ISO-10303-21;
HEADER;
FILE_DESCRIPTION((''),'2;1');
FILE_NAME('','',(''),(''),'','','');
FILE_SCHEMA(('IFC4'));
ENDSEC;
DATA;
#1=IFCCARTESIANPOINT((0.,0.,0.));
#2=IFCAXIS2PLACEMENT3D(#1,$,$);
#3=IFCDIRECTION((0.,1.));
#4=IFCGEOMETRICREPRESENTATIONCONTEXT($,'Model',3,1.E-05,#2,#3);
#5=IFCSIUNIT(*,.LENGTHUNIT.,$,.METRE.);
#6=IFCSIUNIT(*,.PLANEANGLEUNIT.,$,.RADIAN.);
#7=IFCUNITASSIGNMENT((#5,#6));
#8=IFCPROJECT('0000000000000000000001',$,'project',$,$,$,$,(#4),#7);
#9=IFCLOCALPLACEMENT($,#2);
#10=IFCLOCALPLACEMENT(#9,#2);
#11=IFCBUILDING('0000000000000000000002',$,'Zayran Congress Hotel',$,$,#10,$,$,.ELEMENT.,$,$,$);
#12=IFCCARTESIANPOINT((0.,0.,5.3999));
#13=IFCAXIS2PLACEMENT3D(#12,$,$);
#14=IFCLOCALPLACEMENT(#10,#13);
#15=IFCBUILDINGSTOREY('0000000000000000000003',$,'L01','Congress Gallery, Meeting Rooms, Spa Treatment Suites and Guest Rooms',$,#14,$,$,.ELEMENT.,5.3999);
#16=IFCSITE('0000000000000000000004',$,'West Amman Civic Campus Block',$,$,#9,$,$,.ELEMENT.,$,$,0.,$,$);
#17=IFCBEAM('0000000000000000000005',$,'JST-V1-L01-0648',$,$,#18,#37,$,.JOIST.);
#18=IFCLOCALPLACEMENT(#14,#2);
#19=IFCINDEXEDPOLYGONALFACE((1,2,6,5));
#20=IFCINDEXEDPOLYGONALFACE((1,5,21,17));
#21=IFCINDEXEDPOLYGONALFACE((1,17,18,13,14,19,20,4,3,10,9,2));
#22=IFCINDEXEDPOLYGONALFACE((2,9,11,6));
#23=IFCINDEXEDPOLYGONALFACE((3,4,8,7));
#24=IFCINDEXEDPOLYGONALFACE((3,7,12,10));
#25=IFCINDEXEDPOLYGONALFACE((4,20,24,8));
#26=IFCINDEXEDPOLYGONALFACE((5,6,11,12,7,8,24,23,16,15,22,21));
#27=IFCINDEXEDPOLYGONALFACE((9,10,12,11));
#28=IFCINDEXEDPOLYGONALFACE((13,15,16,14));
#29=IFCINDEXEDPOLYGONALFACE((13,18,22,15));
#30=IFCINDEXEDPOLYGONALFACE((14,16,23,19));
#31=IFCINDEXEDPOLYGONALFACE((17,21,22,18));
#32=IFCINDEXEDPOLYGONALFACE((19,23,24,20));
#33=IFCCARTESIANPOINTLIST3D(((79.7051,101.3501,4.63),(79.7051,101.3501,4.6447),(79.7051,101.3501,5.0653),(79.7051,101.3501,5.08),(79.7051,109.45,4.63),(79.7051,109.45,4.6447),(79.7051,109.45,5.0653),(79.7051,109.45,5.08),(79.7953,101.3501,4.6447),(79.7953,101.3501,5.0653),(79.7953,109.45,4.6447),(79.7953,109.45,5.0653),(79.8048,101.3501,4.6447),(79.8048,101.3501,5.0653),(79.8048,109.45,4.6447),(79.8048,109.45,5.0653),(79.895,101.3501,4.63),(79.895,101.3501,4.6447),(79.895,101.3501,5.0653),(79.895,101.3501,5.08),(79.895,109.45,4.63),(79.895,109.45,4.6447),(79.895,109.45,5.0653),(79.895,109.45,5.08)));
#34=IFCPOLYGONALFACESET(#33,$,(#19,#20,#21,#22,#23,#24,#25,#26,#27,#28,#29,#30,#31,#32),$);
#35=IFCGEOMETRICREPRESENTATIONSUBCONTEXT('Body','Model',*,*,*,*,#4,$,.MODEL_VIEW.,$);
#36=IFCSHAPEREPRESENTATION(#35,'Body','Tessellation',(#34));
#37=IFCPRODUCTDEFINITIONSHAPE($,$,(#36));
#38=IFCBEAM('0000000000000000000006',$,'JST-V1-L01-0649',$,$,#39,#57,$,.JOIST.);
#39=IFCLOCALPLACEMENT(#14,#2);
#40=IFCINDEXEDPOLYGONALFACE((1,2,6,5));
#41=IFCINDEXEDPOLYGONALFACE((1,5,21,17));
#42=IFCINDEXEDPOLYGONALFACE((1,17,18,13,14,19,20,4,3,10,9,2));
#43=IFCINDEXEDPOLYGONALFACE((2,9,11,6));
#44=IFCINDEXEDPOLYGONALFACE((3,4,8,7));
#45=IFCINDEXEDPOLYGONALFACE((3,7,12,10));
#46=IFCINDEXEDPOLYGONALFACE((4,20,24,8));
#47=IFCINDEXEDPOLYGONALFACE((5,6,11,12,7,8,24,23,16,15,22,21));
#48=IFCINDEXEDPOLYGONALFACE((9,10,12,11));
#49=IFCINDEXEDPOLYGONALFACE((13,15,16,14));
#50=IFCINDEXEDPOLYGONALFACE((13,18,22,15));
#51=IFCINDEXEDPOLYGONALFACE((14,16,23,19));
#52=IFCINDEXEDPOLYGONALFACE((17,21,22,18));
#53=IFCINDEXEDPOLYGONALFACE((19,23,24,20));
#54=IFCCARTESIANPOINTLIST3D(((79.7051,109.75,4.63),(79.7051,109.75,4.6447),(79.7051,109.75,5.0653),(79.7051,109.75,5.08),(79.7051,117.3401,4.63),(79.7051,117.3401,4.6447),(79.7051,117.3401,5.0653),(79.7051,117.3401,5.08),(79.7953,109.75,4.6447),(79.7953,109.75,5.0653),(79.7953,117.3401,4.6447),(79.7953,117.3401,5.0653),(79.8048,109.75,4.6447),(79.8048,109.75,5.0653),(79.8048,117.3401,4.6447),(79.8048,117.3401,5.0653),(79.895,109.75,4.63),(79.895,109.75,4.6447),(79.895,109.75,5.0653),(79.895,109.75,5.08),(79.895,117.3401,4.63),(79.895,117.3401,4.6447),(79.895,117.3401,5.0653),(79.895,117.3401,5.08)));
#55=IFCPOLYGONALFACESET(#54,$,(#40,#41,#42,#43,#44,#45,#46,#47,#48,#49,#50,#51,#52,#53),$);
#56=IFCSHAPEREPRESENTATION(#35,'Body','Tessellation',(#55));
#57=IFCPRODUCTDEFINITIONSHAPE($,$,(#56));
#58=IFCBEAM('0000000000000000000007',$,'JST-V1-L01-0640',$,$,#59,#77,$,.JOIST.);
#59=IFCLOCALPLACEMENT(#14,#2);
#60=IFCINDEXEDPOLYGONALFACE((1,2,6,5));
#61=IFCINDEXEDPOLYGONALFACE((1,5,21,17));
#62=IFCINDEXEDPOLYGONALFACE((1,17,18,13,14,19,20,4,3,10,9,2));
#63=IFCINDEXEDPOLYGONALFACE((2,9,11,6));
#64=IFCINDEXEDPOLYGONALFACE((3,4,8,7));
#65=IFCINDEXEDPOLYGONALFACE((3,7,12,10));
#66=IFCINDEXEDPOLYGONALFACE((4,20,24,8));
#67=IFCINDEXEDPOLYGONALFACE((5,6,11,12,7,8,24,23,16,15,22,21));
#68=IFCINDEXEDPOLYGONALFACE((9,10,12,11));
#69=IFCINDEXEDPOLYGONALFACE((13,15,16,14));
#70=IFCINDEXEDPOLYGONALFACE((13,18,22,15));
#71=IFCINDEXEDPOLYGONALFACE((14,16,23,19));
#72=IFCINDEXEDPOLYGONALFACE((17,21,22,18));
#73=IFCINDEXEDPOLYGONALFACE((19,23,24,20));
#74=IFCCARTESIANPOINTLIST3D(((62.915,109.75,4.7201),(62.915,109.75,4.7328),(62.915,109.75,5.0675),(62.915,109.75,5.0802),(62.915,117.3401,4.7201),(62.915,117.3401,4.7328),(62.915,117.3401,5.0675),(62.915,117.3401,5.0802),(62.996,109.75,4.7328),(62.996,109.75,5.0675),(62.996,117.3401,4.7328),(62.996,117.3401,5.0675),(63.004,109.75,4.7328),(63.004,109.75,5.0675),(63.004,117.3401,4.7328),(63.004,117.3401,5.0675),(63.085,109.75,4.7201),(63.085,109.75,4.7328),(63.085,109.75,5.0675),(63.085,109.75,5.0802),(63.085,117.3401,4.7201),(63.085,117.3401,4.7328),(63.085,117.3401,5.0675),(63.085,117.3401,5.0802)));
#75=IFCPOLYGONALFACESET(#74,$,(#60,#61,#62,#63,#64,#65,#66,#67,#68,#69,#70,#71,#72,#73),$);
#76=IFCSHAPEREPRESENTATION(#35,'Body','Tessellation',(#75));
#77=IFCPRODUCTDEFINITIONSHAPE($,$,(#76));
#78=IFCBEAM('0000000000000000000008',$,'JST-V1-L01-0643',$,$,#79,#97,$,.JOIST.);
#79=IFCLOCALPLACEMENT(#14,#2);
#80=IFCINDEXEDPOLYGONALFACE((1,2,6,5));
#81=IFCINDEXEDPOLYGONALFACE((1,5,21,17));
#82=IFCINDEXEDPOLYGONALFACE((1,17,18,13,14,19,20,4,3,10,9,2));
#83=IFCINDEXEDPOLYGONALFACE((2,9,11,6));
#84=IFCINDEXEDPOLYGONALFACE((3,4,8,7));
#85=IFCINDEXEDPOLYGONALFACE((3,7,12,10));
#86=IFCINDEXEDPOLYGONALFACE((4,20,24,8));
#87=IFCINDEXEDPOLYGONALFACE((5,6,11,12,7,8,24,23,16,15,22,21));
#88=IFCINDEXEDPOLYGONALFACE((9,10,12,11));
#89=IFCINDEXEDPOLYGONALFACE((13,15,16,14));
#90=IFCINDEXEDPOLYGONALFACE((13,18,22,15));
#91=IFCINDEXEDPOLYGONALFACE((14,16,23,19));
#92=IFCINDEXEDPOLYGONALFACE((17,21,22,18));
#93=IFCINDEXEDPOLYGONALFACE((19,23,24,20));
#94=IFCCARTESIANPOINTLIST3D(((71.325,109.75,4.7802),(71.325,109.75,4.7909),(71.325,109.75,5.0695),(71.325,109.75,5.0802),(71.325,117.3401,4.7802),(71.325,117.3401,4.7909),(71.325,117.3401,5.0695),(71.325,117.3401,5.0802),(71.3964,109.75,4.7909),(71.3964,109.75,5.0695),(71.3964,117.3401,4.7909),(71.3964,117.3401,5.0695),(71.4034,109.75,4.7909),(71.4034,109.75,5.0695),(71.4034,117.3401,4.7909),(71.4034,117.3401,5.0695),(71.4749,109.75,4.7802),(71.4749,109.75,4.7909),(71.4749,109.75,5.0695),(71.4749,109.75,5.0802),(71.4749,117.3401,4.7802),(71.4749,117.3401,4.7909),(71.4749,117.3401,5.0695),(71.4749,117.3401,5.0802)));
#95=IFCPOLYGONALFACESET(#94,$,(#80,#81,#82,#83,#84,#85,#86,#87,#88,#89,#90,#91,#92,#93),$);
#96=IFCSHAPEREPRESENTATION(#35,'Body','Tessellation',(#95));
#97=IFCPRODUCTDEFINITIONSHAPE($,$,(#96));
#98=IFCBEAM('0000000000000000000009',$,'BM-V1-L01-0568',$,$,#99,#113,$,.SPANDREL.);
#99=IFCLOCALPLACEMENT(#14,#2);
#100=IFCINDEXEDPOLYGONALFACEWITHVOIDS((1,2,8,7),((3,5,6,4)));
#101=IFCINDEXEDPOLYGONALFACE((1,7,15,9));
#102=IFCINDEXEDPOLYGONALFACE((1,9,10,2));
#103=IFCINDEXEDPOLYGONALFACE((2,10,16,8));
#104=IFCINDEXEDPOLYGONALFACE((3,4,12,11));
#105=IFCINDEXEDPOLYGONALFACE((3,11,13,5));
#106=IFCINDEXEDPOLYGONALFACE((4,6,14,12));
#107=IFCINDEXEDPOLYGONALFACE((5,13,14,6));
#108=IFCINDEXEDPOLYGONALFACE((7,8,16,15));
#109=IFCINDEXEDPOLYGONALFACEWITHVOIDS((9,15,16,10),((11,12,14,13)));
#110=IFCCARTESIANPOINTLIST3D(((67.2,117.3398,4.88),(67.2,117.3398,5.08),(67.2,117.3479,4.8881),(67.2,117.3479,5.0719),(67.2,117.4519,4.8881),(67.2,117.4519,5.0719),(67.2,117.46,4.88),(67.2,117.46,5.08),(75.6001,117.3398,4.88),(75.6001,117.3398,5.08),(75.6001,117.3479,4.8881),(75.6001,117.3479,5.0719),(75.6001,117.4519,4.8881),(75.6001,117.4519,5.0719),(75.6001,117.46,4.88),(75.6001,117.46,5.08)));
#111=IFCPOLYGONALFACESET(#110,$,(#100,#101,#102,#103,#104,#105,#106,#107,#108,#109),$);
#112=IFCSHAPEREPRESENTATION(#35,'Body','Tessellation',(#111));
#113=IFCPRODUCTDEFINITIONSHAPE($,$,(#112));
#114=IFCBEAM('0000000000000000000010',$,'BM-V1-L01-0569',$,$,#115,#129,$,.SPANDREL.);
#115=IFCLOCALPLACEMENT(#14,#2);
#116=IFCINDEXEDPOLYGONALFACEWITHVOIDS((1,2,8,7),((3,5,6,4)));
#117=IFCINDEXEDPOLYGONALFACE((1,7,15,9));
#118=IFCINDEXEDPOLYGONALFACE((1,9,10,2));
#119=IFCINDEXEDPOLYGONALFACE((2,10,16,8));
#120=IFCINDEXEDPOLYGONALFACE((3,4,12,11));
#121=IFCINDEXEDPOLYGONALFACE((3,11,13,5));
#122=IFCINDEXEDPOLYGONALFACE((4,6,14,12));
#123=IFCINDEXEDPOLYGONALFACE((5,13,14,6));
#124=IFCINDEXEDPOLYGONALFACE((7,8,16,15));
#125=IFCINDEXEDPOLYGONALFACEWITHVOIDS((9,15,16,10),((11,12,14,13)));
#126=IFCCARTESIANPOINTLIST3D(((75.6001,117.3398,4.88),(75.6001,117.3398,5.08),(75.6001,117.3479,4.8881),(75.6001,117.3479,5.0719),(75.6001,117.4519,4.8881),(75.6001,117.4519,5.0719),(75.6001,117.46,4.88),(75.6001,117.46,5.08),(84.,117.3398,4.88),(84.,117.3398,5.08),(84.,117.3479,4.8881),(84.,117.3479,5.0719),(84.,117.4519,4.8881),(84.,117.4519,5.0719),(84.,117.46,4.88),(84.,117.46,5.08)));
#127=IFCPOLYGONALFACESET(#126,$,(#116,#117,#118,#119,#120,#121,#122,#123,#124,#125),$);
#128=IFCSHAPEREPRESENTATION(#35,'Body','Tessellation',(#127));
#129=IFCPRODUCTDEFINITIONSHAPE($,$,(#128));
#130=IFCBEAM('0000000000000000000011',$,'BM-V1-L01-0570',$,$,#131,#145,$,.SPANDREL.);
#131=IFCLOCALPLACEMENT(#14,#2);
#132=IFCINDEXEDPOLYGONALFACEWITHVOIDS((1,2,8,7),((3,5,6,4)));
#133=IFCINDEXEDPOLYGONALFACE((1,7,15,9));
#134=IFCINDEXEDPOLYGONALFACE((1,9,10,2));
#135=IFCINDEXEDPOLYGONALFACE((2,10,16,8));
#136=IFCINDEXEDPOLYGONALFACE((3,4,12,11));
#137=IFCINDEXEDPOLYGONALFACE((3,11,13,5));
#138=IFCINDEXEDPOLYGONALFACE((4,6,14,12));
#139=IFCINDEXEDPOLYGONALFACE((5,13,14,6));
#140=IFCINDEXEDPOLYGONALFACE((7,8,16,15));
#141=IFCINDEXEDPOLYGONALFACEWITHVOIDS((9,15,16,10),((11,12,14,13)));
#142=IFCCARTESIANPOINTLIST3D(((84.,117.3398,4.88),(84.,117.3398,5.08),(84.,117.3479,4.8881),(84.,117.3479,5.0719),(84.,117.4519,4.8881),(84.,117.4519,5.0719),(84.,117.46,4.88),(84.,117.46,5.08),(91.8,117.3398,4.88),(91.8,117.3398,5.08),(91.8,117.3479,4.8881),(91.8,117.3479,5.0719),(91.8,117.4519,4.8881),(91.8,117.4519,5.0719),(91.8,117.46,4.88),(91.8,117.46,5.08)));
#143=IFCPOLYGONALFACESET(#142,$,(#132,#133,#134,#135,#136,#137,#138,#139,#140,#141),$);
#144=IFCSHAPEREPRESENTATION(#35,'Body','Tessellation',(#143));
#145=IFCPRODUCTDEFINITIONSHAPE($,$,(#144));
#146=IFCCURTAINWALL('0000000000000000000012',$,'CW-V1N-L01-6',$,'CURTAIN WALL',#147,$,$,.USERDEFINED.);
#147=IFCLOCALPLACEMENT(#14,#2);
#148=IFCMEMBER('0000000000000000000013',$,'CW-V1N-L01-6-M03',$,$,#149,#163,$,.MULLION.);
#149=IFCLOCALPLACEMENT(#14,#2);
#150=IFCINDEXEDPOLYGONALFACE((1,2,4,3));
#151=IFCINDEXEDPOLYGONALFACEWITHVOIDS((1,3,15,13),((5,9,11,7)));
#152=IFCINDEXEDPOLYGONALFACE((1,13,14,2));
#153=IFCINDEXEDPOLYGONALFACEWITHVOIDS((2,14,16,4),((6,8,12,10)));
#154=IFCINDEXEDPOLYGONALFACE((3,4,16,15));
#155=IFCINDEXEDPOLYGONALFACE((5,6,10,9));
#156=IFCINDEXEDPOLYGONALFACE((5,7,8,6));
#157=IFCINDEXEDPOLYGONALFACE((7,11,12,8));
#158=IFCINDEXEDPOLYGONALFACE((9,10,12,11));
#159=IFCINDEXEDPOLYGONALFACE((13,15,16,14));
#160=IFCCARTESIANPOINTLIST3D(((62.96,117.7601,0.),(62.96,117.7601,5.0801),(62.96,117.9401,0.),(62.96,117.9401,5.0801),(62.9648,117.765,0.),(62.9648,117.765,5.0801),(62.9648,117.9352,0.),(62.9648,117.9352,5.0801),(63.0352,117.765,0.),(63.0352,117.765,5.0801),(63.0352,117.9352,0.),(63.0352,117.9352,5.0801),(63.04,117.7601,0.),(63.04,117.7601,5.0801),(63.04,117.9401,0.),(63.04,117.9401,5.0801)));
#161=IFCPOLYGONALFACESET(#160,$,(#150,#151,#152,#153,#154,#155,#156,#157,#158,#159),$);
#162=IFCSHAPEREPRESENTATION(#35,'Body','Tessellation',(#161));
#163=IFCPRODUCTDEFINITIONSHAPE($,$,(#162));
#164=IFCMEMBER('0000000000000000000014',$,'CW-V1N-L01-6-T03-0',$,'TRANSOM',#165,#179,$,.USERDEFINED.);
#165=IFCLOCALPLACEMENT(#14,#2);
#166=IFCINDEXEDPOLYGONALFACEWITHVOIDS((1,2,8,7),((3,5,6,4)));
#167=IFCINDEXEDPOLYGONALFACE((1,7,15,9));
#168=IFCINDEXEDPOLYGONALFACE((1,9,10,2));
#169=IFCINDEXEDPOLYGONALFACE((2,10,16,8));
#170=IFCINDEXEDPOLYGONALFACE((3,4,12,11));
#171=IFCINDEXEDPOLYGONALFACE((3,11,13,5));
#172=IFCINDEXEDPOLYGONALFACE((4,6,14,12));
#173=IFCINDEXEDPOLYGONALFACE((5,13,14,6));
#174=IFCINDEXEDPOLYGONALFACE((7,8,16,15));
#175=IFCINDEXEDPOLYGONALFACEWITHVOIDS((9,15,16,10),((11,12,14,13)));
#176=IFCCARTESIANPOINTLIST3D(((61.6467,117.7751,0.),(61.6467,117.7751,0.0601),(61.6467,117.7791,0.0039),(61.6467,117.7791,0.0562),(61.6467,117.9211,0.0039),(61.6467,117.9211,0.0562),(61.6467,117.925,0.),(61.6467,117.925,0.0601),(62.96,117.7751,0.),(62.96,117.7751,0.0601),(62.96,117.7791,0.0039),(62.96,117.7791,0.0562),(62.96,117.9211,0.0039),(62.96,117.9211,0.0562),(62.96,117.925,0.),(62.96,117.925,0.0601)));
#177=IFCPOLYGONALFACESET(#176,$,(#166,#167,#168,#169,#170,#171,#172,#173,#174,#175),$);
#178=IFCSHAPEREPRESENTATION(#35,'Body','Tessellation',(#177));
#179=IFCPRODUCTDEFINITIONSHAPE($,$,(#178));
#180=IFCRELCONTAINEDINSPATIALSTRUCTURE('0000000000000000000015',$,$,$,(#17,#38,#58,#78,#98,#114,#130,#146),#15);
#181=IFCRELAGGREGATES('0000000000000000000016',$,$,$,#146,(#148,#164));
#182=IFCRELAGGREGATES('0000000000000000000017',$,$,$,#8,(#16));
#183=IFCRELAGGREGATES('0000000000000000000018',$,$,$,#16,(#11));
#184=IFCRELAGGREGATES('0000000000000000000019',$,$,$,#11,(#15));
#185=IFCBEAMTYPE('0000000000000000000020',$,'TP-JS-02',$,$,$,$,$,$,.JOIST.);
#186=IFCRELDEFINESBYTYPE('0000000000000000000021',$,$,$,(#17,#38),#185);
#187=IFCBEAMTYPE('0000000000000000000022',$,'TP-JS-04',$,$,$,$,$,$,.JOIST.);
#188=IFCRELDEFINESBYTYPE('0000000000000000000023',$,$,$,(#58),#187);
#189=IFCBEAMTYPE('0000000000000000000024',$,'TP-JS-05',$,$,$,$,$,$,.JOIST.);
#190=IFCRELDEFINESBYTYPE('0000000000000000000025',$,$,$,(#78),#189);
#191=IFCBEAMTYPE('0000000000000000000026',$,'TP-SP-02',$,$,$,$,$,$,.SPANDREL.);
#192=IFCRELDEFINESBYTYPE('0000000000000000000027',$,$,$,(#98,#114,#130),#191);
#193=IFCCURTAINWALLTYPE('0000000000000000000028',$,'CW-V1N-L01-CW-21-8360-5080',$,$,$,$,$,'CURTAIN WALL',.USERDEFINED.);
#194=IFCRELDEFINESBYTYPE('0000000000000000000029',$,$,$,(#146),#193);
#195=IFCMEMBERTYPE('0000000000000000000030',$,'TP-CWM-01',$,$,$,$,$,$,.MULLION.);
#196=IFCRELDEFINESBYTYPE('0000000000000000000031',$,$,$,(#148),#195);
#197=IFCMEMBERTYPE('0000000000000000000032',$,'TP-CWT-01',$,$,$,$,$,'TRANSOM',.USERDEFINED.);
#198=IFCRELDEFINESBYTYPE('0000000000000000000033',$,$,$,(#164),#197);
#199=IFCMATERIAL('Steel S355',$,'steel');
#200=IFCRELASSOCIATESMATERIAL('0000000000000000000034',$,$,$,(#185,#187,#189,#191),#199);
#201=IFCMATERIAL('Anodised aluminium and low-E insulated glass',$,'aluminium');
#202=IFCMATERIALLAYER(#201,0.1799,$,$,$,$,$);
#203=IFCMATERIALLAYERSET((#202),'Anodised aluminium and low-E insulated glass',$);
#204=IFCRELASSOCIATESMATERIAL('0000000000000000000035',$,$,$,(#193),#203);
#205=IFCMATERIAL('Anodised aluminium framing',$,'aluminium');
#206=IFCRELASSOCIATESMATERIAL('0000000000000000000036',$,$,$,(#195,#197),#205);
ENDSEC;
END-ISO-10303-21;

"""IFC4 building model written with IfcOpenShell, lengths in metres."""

from ifc_helpers import new_model, si_unit, direction, frame, origin, origin_2d, place, context, subcontext, project, spatial, hollow_rectangle, i_section, extrude, material, layer, layer_set, material_profile, profile_set, type_object, element, aggregate, save


model = new_model("IFC4")

# Units and contexts
model_context = context("Model", 3, precision=1e-05, world=origin(), true_north=direction((0.0, 1.0)))
body_context = subcontext(model_context, "Body", "Model", "MODEL_VIEW")
ifc_project = project(units=[si_unit("LENGTHUNIT", "METRE"), si_unit("PLANEANGLEUNIT", "RADIAN")], contexts=[model_context])

# Site, building, storey
site_placement = place(None, origin())
site = spatial("IfcSite", under=ifc_project, at=site_placement, Name="West Amman Civic Campus Block", CompositionType="ELEMENT", RefElevation=0.0)
building_placement = place(site_placement, origin())
building = spatial("IfcBuilding", under=site, at=building_placement, Name="Zayran Congress Hotel", CompositionType="ELEMENT")
storey_placement = place(building_placement, frame((0.0, 0.0, 5.3999)))
storey = spatial("IfcBuildingStorey", under=building, at=storey_placement, Name="L01", Description="Congress Gallery, Meeting Rooms, Spa Treatment Suites and Guest Rooms", CompositionType="ELEMENT", Elevation=5.3999)

# Beams
ifc_material_1 = material(Name="Steel S355", Category="steel")
ifc_material_profile_1 = material_profile(ifc_material_1, i_section(OverallWidth=0.1899, OverallDepth=0.45, WebThickness=0.0095, FlangeThickness=0.0146, at=origin_2d()), Name="IPE 450")
ifc_profile_set_1 = profile_set([ifc_material_profile_1], Name="Steel S355")
beam_type_1 = type_object("IfcBeamType", Name="TP-JS-02", PredefinedType="JOIST", material=ifc_profile_set_1)
beam_1_placement = place(storey_placement, frame((79.8, 101.3501, 4.855), z_axis=(0.0, 1.0, 0.0), x_axis=(-1.0, 0.0, 0.0)))
element("IfcBeam", 1, at=beam_1_placement, inside=storey, type_object=beam_type_1, Name="JST-V1-L01-0648", PredefinedType="JOIST", context=body_context, shape_type="SweptSolid", body=[
    extrude(i_section(OverallWidth=0.1899, OverallDepth=0.45, WebThickness=0.0095, FlangeThickness=0.0146, at=origin_2d()), origin(), (0.0, 0.0, 1.0), 8.0999),
])
beam_2_placement = place(storey_placement, frame((79.8, 109.75, 4.855), z_axis=(0.0, 1.0, 0.0), x_axis=(-1.0, 0.0, 0.0)))
element("IfcBeam", 2, at=beam_2_placement, inside=storey, type_object=beam_type_1, Name="JST-V1-L01-0649", PredefinedType="JOIST", context=body_context, shape_type="SweptSolid", body=[
    extrude(i_section(OverallWidth=0.1899, OverallDepth=0.45, WebThickness=0.0095, FlangeThickness=0.0146, at=origin_2d()), origin(), (0.0, 0.0, 1.0), 7.5901),
])
ifc_material_profile_2 = material_profile(ifc_material_1, i_section(OverallWidth=0.1699, OverallDepth=0.3601, WebThickness=0.0081, FlangeThickness=0.0127, at=origin_2d()), Name="IPE 360")
ifc_profile_set_2 = profile_set([ifc_material_profile_2], Name="Steel S355")
beam_type_2 = type_object("IfcBeamType", Name="TP-JS-04", PredefinedType="JOIST", material=ifc_profile_set_2)
beam_3_placement = place(storey_placement, frame((63.0, 109.75, 4.9001), z_axis=(0.0, 1.0, 0.0), x_axis=(-1.0, 0.0, 0.0)))
element("IfcBeam", 3, at=beam_3_placement, inside=storey, type_object=beam_type_2, Name="JST-V1-L01-0640", PredefinedType="JOIST", context=body_context, shape_type="SweptSolid", body=[
    extrude(i_section(OverallWidth=0.1699, OverallDepth=0.3601, WebThickness=0.0081, FlangeThickness=0.0127, at=origin_2d()), origin(), (0.0, 0.0, 1.0), 7.5901),
])
ifc_material_profile_3 = material_profile(ifc_material_1, i_section(OverallWidth=0.1499, OverallDepth=0.3, WebThickness=0.0071, FlangeThickness=0.0107, at=origin_2d()), Name="IPE 300")
ifc_profile_set_3 = profile_set([ifc_material_profile_3], Name="Steel S355")
beam_type_3 = type_object("IfcBeamType", Name="TP-JS-05", PredefinedType="JOIST", material=ifc_profile_set_3)
beam_4_placement = place(storey_placement, frame((71.3999, 109.75, 4.9302), z_axis=(0.0, 1.0, 0.0), x_axis=(-1.0, 0.0, 0.0)))
element("IfcBeam", 4, at=beam_4_placement, inside=storey, type_object=beam_type_3, Name="JST-V1-L01-0643", PredefinedType="JOIST", context=body_context, shape_type="SweptSolid", body=[
    extrude(i_section(OverallWidth=0.1499, OverallDepth=0.3, WebThickness=0.0071, FlangeThickness=0.0107, at=origin_2d()), origin(), (0.0, 0.0, 1.0), 7.5901),
])
ifc_material_profile_4 = material_profile(ifc_material_1, hollow_rectangle(XDim=0.1201, YDim=0.2, WallThickness=0.0081, at=origin_2d()), Name="RHS 200x120x8")
ifc_profile_set_4 = profile_set([ifc_material_profile_4], Name="Steel S355")
beam_type_4 = type_object("IfcBeamType", Name="TP-SP-02", PredefinedType="SPANDREL", material=ifc_profile_set_4)
beam_5_placement = place(storey_placement, frame((67.2, 117.3999, 4.98), z_axis=(1.0, 0.0, 0.0), x_axis=(0.0, 1.0, 0.0)))
element("IfcBeam", 5, at=beam_5_placement, inside=storey, type_object=beam_type_4, Name="BM-V1-L01-0568", PredefinedType="SPANDREL", context=body_context, shape_type="SweptSolid", body=[
    extrude(hollow_rectangle(XDim=0.1201, YDim=0.2, WallThickness=0.0081, at=origin_2d()), origin(), (0.0, 0.0, 1.0), 8.4001),
])
beam_6_placement = place(storey_placement, frame((75.6001, 117.3999, 4.98), z_axis=(1.0, 0.0, 0.0), x_axis=(0.0, 1.0, 0.0)))
element("IfcBeam", 6, at=beam_6_placement, inside=storey, type_object=beam_type_4, Name="BM-V1-L01-0569", PredefinedType="SPANDREL", context=body_context, shape_type="SweptSolid", body=[
    extrude(hollow_rectangle(XDim=0.1201, YDim=0.2, WallThickness=0.0081, at=origin_2d()), origin(), (0.0, 0.0, 1.0), 8.3999),
])
beam_7_placement = place(storey_placement, frame((84.0, 117.3999, 4.98), z_axis=(1.0, 0.0, 0.0), x_axis=(0.0, 1.0, 0.0)))
element("IfcBeam", 7, at=beam_7_placement, inside=storey, type_object=beam_type_4, Name="BM-V1-L01-0570", PredefinedType="SPANDREL", context=body_context, shape_type="SweptSolid", body=[
    extrude(hollow_rectangle(XDim=0.1201, YDim=0.2, WallThickness=0.0081, at=origin_2d()), origin(), (0.0, 0.0, 1.0), 7.8),
])

# Curtain wall, members
ifc_material_2 = material(Name="Anodised aluminium and low-E insulated glass", Category="aluminium")
ifc_layer_1 = layer(ifc_material_2, 0.1799)
ifc_layer_set_1 = layer_set([ifc_layer_1], Name="Anodised aluminium and low-E insulated glass")
curtain_wall_type = type_object("IfcCurtainWallType", Name="CW-V1N-L01-CW-21-8360-5080", ElementType="CURTAIN WALL", PredefinedType="USERDEFINED", material=ifc_layer_set_1)
curtain_wall_placement = place(storey_placement, origin())
curtain_wall = element("IfcCurtainWall", 8, at=curtain_wall_placement, inside=storey, type_object=curtain_wall_type, Name="CW-V1N-L01-6", ObjectType="CURTAIN WALL", PredefinedType="USERDEFINED")
ifc_material_3 = material(Name="Anodised aluminium framing", Category="aluminium")
ifc_material_profile_5 = material_profile(ifc_material_3, hollow_rectangle(XDim=0.0801, YDim=0.1799, WallThickness=0.0049, at=origin_2d()), Name="RHS 180x80x5")
ifc_profile_set_5 = profile_set([ifc_material_profile_5], Name="Anodised aluminium framing")
member_type_1 = type_object("IfcMemberType", Name="TP-CWM-01", PredefinedType="MULLION", material=ifc_profile_set_5)
member_1_placement = place(storey_placement, frame((63.0, 117.8501, 0.0), z_axis=(0.0, 0.0, 1.0), x_axis=(1.0, 0.0, 0.0)))
member_1 = element("IfcMember", 9, at=member_1_placement, type_object=member_type_1, Name="CW-V1N-L01-6-M03", PredefinedType="MULLION", context=body_context, shape_type="SweptSolid", body=[
    extrude(hollow_rectangle(XDim=0.0801, YDim=0.1799, WallThickness=0.0049, at=origin_2d()), origin(), (0.0, 0.0, 1.0), 5.0801),
])
ifc_material_profile_6 = material_profile(ifc_material_3, hollow_rectangle(XDim=0.0601, YDim=0.1499, WallThickness=0.0039, at=origin_2d()), Name="RHS 150x60x4")
ifc_profile_set_6 = profile_set([ifc_material_profile_6], Name="Anodised aluminium framing")
member_type_2 = type_object("IfcMemberType", Name="TP-CWT-01", ElementType="TRANSOM", PredefinedType="USERDEFINED", material=ifc_profile_set_6)
member_2_placement = place(storey_placement, frame((62.96, 117.8501, 0.03), z_axis=(-1.0, 0.0, 0.0), x_axis=(0.0, 0.0, 1.0)))
member_2 = element("IfcMember", 10, at=member_2_placement, type_object=member_type_2, Name="CW-V1N-L01-6-T03-0", ObjectType="TRANSOM", PredefinedType="USERDEFINED", context=body_context, shape_type="SweptSolid", body=[
    extrude(hollow_rectangle(XDim=0.0601, YDim=0.1499, WallThickness=0.0039, at=origin_2d()), origin(), (0.0, 0.0, 1.0), 1.3132),
])
aggregate(curtain_wall, [member_1, member_2])

save(model, "model.ifc")
